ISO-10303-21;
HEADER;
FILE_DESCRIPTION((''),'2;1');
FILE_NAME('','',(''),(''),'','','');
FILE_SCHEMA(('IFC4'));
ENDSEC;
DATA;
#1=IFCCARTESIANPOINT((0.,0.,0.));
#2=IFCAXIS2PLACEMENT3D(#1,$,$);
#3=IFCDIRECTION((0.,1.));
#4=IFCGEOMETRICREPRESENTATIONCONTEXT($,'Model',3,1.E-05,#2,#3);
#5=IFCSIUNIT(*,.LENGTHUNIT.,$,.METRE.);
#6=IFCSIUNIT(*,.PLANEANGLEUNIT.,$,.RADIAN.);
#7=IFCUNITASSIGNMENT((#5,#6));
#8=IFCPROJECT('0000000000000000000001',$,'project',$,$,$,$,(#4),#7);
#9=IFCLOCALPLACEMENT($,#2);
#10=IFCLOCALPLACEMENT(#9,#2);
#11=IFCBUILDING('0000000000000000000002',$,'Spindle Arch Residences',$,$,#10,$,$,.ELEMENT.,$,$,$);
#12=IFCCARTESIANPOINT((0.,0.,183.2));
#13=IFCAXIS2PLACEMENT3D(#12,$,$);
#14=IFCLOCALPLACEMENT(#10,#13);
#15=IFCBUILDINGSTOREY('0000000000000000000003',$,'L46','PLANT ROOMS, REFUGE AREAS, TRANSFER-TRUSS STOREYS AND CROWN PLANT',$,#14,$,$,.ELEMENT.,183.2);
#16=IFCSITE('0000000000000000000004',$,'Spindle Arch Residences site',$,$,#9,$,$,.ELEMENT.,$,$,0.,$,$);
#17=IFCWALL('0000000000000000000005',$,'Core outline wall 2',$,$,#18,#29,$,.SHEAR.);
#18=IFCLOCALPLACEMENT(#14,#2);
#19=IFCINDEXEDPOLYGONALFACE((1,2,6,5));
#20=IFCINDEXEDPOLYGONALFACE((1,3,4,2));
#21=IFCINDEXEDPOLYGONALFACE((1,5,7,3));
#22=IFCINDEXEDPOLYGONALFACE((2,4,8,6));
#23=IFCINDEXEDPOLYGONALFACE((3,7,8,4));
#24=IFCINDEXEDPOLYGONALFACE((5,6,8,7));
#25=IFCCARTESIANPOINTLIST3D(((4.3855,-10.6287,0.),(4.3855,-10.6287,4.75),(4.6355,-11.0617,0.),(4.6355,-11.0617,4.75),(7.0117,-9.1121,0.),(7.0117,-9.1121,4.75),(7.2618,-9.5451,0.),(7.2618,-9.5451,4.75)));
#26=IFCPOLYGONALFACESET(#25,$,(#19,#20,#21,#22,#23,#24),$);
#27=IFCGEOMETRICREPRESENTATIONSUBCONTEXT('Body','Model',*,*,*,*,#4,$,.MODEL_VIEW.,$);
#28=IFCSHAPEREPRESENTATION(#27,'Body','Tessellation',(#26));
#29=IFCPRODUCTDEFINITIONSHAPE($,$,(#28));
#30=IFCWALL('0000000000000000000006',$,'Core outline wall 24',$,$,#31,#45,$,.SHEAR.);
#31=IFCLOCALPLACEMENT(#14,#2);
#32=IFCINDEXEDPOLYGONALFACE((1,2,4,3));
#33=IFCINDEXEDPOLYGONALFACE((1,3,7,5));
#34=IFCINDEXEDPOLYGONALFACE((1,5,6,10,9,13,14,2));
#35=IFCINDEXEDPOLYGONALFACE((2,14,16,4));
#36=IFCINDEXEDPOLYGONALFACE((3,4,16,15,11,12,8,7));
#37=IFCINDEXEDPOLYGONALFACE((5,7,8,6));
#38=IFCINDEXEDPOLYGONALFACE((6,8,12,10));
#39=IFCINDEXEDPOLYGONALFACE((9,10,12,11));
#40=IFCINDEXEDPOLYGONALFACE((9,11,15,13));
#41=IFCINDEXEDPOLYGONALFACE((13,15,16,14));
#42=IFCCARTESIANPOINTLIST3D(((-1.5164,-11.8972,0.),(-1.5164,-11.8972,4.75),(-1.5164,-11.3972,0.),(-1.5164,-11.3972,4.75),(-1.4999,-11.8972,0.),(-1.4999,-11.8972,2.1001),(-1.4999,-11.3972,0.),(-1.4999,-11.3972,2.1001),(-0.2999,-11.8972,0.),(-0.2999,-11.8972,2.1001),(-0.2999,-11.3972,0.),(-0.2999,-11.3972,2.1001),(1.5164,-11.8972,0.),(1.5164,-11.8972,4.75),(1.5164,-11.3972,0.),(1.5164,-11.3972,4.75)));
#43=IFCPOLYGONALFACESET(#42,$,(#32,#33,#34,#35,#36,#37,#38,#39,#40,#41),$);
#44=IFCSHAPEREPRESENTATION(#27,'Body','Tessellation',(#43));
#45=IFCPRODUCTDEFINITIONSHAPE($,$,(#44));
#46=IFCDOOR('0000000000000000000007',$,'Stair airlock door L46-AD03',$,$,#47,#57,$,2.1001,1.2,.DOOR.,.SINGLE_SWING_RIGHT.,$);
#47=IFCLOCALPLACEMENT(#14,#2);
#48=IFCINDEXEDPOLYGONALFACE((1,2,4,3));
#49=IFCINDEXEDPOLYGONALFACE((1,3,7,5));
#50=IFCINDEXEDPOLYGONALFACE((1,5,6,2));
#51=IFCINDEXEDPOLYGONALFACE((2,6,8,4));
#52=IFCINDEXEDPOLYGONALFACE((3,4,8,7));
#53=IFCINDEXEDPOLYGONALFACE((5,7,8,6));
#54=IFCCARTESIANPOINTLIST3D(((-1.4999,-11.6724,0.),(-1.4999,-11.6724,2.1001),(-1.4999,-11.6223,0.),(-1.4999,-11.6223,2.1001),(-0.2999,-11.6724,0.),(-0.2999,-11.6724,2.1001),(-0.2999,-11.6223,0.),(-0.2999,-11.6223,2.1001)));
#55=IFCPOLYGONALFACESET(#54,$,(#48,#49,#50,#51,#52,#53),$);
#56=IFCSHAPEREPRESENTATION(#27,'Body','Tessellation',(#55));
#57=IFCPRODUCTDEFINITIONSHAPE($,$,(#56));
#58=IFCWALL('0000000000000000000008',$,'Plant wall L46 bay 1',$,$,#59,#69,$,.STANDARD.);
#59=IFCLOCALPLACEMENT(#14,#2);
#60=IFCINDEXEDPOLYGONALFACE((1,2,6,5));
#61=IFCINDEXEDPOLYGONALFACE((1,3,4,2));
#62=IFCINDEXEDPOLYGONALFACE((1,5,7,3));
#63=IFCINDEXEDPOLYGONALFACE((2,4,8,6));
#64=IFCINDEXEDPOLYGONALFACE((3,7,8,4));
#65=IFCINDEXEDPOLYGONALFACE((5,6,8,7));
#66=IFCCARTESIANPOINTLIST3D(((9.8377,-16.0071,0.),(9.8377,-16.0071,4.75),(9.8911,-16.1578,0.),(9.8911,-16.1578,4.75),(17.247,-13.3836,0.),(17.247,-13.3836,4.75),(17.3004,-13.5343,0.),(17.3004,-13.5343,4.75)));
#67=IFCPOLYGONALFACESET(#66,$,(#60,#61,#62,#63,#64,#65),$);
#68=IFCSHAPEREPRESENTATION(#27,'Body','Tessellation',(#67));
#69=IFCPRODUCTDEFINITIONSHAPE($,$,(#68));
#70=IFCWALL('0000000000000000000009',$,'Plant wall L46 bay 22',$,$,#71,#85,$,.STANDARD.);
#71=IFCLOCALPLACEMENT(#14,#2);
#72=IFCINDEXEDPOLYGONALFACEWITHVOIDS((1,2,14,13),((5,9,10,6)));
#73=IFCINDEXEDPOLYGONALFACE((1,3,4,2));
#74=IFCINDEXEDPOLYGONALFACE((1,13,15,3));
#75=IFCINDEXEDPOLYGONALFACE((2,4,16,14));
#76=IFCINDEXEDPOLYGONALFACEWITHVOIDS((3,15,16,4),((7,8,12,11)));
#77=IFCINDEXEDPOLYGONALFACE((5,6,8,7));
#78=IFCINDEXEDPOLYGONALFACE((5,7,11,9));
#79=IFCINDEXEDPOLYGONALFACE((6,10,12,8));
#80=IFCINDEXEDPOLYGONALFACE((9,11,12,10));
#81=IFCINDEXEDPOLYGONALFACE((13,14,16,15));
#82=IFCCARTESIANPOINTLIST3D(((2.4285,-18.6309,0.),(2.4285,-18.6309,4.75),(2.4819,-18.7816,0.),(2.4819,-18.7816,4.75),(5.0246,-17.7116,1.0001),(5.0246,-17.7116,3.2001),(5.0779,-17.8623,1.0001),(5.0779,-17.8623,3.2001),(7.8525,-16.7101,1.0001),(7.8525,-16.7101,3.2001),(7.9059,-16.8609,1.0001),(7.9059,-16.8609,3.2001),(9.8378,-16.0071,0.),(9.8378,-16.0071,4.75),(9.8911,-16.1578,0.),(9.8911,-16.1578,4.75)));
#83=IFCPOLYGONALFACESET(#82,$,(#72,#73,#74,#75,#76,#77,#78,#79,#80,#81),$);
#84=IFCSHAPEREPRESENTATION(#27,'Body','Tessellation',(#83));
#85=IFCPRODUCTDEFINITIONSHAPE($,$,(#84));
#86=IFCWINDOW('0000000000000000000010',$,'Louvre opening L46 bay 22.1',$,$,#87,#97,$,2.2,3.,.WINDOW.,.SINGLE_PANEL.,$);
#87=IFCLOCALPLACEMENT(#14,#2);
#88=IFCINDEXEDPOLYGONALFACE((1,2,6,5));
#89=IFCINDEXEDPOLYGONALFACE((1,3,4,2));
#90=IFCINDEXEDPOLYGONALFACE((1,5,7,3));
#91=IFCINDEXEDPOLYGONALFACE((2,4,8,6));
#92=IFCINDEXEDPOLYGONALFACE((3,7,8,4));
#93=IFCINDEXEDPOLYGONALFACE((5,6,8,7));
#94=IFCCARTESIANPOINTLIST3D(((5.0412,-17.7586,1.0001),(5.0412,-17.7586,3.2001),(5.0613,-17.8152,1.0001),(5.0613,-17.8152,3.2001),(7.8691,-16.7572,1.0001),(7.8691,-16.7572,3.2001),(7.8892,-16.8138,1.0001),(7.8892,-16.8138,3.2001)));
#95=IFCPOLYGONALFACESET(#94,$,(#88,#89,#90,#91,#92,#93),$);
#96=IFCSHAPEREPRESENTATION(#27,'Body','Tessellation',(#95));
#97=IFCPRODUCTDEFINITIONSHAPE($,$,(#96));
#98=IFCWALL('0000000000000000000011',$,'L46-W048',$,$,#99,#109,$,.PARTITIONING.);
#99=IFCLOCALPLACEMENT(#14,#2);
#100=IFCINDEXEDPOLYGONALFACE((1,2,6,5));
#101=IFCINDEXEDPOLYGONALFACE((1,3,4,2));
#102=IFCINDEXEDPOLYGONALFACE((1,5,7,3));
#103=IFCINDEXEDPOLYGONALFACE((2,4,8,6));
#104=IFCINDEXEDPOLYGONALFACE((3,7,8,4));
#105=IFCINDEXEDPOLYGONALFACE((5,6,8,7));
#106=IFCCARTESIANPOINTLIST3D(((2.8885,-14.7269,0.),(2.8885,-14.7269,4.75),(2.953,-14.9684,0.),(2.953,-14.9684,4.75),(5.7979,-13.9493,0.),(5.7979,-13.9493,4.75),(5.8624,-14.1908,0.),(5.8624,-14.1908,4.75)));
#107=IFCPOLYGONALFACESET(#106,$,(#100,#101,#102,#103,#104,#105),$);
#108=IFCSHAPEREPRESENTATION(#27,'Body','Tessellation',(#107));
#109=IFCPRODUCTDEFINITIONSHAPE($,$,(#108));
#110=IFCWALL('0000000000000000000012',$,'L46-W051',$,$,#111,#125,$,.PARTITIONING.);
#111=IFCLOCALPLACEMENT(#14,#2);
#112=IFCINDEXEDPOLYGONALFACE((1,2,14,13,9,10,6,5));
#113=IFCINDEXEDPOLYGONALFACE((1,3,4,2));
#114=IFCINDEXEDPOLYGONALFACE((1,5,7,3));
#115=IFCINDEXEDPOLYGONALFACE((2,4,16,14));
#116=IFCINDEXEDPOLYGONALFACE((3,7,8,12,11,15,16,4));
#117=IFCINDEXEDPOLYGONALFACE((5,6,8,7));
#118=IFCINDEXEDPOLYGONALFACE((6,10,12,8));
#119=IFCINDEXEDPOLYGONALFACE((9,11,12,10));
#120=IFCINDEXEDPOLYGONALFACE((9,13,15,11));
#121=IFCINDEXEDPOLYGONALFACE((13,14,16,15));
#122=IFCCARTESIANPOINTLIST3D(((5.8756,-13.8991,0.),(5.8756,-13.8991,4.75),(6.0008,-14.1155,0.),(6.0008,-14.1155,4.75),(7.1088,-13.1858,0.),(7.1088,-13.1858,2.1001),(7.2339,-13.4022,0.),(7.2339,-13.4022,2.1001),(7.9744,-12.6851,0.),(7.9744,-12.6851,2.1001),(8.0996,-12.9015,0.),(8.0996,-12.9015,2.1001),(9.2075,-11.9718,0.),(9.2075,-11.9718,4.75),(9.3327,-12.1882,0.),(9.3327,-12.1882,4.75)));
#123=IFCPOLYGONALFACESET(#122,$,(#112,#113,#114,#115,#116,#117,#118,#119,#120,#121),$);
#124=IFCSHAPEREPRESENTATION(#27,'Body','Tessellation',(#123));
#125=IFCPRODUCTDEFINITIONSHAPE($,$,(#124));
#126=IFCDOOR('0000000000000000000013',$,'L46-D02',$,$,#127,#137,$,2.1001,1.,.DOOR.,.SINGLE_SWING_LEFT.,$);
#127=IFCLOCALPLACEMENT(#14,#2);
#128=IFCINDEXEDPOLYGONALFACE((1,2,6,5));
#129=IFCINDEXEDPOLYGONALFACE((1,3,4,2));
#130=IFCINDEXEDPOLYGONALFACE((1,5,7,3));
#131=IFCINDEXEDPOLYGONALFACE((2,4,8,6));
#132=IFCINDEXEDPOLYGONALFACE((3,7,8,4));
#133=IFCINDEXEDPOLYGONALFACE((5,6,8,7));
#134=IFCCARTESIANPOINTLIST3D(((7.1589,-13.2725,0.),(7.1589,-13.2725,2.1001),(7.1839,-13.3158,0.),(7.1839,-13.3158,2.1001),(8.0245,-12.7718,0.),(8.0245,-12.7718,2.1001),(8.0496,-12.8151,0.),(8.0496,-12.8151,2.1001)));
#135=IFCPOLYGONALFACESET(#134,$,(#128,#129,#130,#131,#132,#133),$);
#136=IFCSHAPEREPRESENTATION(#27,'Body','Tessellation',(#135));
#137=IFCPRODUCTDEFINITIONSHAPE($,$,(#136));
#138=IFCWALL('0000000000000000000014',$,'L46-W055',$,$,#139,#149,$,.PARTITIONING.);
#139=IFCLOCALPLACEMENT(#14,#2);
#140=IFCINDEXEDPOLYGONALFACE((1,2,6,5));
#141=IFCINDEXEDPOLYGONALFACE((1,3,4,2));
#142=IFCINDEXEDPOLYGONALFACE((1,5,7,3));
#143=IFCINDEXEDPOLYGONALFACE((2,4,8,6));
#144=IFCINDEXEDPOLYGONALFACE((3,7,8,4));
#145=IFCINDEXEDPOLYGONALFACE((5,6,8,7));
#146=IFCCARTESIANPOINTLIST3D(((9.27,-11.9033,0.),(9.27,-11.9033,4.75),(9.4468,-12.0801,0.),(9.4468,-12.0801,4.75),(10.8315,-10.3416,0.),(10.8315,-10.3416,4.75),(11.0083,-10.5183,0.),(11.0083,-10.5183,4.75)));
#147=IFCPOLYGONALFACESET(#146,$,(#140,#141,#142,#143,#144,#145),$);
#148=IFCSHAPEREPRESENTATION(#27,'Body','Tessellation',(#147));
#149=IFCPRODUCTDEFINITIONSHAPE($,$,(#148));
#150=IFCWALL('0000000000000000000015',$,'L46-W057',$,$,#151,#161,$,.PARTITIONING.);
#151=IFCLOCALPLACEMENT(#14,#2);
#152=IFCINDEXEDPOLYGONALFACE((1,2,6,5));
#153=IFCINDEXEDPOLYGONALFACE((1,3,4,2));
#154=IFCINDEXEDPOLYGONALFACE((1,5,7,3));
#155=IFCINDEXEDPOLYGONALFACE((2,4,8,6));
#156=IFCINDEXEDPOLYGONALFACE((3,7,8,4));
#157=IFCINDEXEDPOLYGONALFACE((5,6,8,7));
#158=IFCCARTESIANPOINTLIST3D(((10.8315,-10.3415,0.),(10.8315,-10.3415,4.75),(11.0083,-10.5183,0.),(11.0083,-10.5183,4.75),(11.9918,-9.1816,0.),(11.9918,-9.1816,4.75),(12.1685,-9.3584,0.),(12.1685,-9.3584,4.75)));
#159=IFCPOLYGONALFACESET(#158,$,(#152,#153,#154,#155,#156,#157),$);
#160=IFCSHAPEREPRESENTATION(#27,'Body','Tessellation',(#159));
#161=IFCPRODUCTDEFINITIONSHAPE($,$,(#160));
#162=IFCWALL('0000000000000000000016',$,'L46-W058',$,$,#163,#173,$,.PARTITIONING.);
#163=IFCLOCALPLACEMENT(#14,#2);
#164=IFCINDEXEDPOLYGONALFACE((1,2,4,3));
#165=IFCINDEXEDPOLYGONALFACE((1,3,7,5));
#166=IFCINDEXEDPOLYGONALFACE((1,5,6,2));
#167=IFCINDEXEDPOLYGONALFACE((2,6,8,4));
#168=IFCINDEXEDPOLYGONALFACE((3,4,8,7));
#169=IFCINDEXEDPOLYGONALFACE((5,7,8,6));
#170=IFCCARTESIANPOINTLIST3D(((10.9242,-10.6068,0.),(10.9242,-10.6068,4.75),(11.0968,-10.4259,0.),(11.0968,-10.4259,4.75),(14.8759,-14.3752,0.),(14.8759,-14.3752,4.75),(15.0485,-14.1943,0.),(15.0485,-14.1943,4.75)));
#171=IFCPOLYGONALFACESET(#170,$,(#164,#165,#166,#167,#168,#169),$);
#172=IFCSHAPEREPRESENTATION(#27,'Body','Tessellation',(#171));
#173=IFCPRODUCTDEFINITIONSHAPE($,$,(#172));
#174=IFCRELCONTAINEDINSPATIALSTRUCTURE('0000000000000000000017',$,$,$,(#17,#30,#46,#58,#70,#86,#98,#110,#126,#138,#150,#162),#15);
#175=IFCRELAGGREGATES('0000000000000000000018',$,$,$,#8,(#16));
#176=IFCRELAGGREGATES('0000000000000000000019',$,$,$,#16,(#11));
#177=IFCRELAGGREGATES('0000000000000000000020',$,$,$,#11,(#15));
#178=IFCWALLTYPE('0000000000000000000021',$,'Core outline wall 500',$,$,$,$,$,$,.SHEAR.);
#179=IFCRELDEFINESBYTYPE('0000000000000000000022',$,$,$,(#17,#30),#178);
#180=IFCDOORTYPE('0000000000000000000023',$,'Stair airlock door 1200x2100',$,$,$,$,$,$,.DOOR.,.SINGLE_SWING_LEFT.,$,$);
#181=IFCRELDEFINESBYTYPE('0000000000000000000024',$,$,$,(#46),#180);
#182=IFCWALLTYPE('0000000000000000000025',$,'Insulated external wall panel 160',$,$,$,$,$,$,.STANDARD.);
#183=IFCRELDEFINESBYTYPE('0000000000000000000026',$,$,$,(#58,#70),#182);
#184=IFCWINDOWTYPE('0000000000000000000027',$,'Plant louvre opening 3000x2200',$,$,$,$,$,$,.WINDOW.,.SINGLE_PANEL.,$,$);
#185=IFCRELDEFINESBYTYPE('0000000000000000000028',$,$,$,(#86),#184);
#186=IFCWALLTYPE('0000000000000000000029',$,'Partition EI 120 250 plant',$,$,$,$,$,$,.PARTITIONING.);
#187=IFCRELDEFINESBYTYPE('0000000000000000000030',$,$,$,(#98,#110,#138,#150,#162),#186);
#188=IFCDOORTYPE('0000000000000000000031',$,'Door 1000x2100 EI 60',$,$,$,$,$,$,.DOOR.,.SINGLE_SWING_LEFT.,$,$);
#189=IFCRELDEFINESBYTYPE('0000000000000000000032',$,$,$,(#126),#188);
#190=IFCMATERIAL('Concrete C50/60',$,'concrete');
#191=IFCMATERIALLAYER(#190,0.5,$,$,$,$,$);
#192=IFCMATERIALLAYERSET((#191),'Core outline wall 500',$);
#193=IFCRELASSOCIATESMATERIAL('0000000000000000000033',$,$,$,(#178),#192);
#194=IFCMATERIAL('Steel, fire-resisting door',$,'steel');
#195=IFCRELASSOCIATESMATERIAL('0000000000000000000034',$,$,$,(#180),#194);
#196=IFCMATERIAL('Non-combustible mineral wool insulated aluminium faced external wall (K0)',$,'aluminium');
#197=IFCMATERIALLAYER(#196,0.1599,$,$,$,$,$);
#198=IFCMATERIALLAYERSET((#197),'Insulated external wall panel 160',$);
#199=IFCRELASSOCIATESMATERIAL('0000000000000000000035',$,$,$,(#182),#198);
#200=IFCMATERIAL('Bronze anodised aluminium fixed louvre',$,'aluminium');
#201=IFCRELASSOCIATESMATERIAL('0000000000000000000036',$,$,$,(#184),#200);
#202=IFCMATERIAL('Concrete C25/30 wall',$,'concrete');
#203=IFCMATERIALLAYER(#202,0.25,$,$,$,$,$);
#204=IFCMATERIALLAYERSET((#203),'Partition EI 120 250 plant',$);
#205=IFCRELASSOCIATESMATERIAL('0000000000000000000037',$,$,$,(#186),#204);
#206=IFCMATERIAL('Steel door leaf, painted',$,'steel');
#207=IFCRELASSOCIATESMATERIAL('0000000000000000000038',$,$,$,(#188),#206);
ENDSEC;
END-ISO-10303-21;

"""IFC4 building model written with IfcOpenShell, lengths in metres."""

from ifc_helpers import new_model, si_unit, direction, frame, frame_2d, origin, place, context, subcontext, project, spatial, rectangle, extrude, material, layer, layer_set, type_object, element, fill, save


model = new_model("IFC4")

# Units and contexts
model_context = context("Model", 3, precision=1e-05, world=origin(), true_north=direction((0.0, 1.0)))
body_context = subcontext(model_context, "Body", "Model", "MODEL_VIEW")
ifc_project = project(units=[si_unit("LENGTHUNIT", "METRE"), si_unit("PLANEANGLEUNIT", "RADIAN")], contexts=[model_context])

# Site, building, storey
site_placement = place(None, origin())
site = spatial("IfcSite", under=ifc_project, at=site_placement, Name="Spindle Arch Residences site", CompositionType="ELEMENT", RefElevation=0.0)
building_placement = place(site_placement, origin())
building = spatial("IfcBuilding", under=site, at=building_placement, Name="Spindle Arch Residences", CompositionType="ELEMENT")
storey_placement = place(building_placement, frame((0.0, 0.0, 183.2)))
storey = spatial("IfcBuildingStorey", under=building, at=storey_placement, Name="L46", Description="PLANT ROOMS, REFUGE AREAS, TRANSFER-TRUSS STOREYS AND CROWN PLANT", CompositionType="ELEMENT", Elevation=183.2)

# Shared definitions
ifc_material_1 = material(Name="Concrete C50/60", Category="concrete")
ifc_layer_1 = layer(ifc_material_1, 0.5)
ifc_layer_set_1 = layer_set([ifc_layer_1], Name="Core outline wall 500")
wall_type_1 = type_object("IfcWallType", Name="Core outline wall 500", PredefinedType="SHEAR", material=ifc_layer_set_1)

# Wall
wall_1_placement = place(storey_placement, frame((4.5105, -10.8452, 0.0), z_axis=(0.0, 0.0, 1.0), x_axis=(0.865975, 0.500087, 0.0)))
element("IfcWall", 1, at=wall_1_placement, inside=storey, type_object=wall_type_1, Name="Core outline wall 2", PredefinedType="SHEAR", context=body_context, shape_type="SweptSolid", body=[
    extrude(rectangle(XDim=3.0327, YDim=0.5, at=frame_2d((1.5164, 0.0))), origin(), (0.0, 0.0, 1.0), 4.75),
])

# Wall, opening, door
wall_2_placement = place(storey_placement, frame((-1.5164, -11.6472, 0.0), z_axis=(0.0, 0.0, 1.0), x_axis=(1.0, 0.0, 0.0)))
wall_2 = element("IfcWall", 2, at=wall_2_placement, inside=storey, type_object=wall_type_1, Name="Core outline wall 24", PredefinedType="SHEAR", context=body_context, shape_type="SweptSolid", body=[
    extrude(rectangle(XDim=3.0327, YDim=0.5, at=frame_2d((1.5164, 0.0))), origin(), (0.0, 0.0, 1.0), 4.75),
])
opening_1_placement = place(wall_2_placement, frame((0.0164, 0.0, 0.0)))
opening_1 = element("IfcOpeningElement", 3, at=opening_1_placement, cuts=wall_2, PredefinedType="OPENING", context=body_context, shape_type="SweptSolid", body=[
    extrude(rectangle(XDim=1.2, YDim=2.1001, at=frame_2d((0.6001, 1.05))), frame((0.0, 0.26, 0.0), z_axis=(0.0, -1.0, 0.0), x_axis=(1.0, 0.0, 0.0)), (0.0, 0.0, 1.0), 0.52),
])
ifc_material_2 = material(Name="Steel, fire-resisting door", Category="steel")
door_type_1 = type_object("IfcDoorType", Name="Stair airlock door 1200x2100", OperationType="SINGLE_SWING_LEFT", PredefinedType="DOOR", material=ifc_material_2)
door_1_placement = place(opening_1_placement, origin())
door_1 = element("IfcDoor", 4, at=door_1_placement, inside=storey, type_object=door_type_1, Name="Stair airlock door L46-AD03", OperationType="SINGLE_SWING_RIGHT", OverallHeight=2.1001, OverallWidth=1.2, PredefinedType="DOOR", context=body_context, shape_type="SweptSolid", body=[
    extrude(rectangle(XDim=1.2, YDim=2.1001, at=frame_2d((0.6001, 1.05))), frame((0.0, 0.0249, 0.0), z_axis=(0.0, -1.0, 0.0), x_axis=(1.0, 0.0, 0.0)), (0.0, 0.0, 1.0), 0.05),
])
fill(opening_1, door_1)

# Wall
ifc_material_3 = material(Name="Non-combustible mineral wool insulated aluminium faced external wall (K0)", Category="aluminium")
ifc_layer_2 = layer(ifc_material_3, 0.1599)
ifc_layer_set_2 = layer_set([ifc_layer_2], Name="Insulated external wall panel 160")
wall_type_2 = type_object("IfcWallType", Name="Insulated external wall panel 160", PredefinedType="STANDARD", material=ifc_layer_set_2)
wall_3_placement = place(storey_placement, frame((9.8643, -16.0825, 0.0), z_axis=(0.0, 0.0, 1.0), x_axis=(0.942653, 0.333775, 0.0)))
element("IfcWall", 5, at=wall_3_placement, inside=storey, type_object=wall_type_2, Name="Plant wall L46 bay 1", PredefinedType="STANDARD", context=body_context, shape_type="SweptSolid", body=[
    extrude(rectangle(XDim=7.8601, YDim=0.1599, at=frame_2d((3.9302, 0.0))), origin(), (0.0, 0.0, 1.0), 4.75),
])

# Wall, opening, window
wall_4_placement = place(storey_placement, frame((2.4551, -18.7063, 0.0), z_axis=(0.0, 0.0, 1.0), x_axis=(0.942639, 0.333813, 0.0)))
wall_4 = element("IfcWall", 6, at=wall_4_placement, inside=storey, type_object=wall_type_2, Name="Plant wall L46 bay 22", PredefinedType="STANDARD", context=body_context, shape_type="SweptSolid", body=[
    extrude(rectangle(XDim=7.8601, YDim=0.1599, at=frame_2d((3.9302, 0.0))), origin(), (0.0, 0.0, 1.0), 4.75),
])
opening_2_placement = place(wall_4_placement, frame((2.7542, 0.0, 1.0)))
opening_2 = element("IfcOpeningElement", 7, at=opening_2_placement, cuts=wall_4, PredefinedType="OPENING", context=body_context, shape_type="SweptSolid", body=[
    extrude(rectangle(XDim=3.0, YDim=2.2, at=frame_2d((1.5, 1.1001))), frame((0.0, 0.0898, 0.0), z_axis=(0.0, -1.0, 0.0), x_axis=(1.0, 0.0, 0.0)), (0.0, 0.0, 1.0), 0.1799),
])
ifc_material_4 = material(Name="Bronze anodised aluminium fixed louvre", Category="aluminium")
window_type = type_object("IfcWindowType", Name="Plant louvre opening 3000x2200", PartitioningType="SINGLE_PANEL", PredefinedType="WINDOW", material=ifc_material_4)
window_placement = place(opening_2_placement, origin())
window = element("IfcWindow", 8, at=window_placement, inside=storey, type_object=window_type, Name="Louvre opening L46 bay 22.1", OverallHeight=2.2, OverallWidth=3.0, PartitioningType="SINGLE_PANEL", PredefinedType="WINDOW", context=body_context, shape_type="SweptSolid", body=[
    extrude(rectangle(XDim=3.0, YDim=2.2, at=frame_2d((1.5, 1.1001))), frame((0.0, 0.03, 0.0), z_axis=(0.0, -1.0, 0.0), x_axis=(1.0, 0.0, 0.0)), (0.0, 0.0, 1.0), 0.0601),
])
fill(opening_2, window)

# Wall
ifc_material_5 = material(Name="Concrete C25/30 wall", Category="concrete")
ifc_layer_3 = layer(ifc_material_5, 0.25)
ifc_layer_set_3 = layer_set([ifc_layer_3], Name="Partition EI 120 250 plant")
wall_type_3 = type_object("IfcWallType", Name="Partition EI 120 250 plant", PredefinedType="PARTITIONING", material=ifc_layer_set_3)
wall_5_placement = place(storey_placement, frame((2.9207, -14.8477, 0.0), z_axis=(0.0, 0.0, 1.0), x_axis=(0.966091, 0.258203, 0.0)))
element("IfcWall", 9, at=wall_5_placement, inside=storey, type_object=wall_type_3, Name="L46-W048", PredefinedType="PARTITIONING", context=body_context, shape_type="SweptSolid", body=[
    extrude(rectangle(XDim=3.0115, YDim=0.25, at=frame_2d((1.5059, 0.0))), origin(), (0.0, 0.0, 1.0), 4.75),
])

# Wall, opening, door
wall_6_placement = place(storey_placement, frame((5.9382, -14.0073, 0.0), z_axis=(0.0, 0.0, 1.0), x_axis=(0.865616, 0.500709, 0.0)))
wall_6 = element("IfcWall", 10, at=wall_6_placement, inside=storey, type_object=wall_type_3, Name="L46-W051", PredefinedType="PARTITIONING", context=body_context, shape_type="SweptSolid", body=[
    extrude(rectangle(XDim=3.8491, YDim=0.25, at=frame_2d((1.9246, 0.0))), origin(), (0.0, 0.0, 1.0), 4.75),
])
opening_3_placement = place(wall_6_placement, frame((1.4246, 0.0, 0.0)))
opening_3 = element("IfcOpeningElement", 11, at=opening_3_placement, cuts=wall_6, PredefinedType="OPENING", context=body_context, shape_type="SweptSolid", body=[
    extrude(rectangle(XDim=1.0, YDim=2.1001, at=frame_2d((0.5, 1.05))), frame((0.0, 0.135, 0.0), z_axis=(0.0, -1.0, 0.0), x_axis=(1.0, 0.0, 0.0)), (0.0, 0.0, 1.0), 0.27),
])
ifc_material_6 = material(Name="Steel door leaf, painted", Category="steel")
door_type_2 = type_object("IfcDoorType", Name="Door 1000x2100 EI 60", OperationType="SINGLE_SWING_LEFT", PredefinedType="DOOR", material=ifc_material_6)
door_2_placement = place(opening_3_placement, origin())
door_2 = element("IfcDoor", 12, at=door_2_placement, inside=storey, type_object=door_type_2, Name="L46-D02", OperationType="SINGLE_SWING_LEFT", OverallHeight=2.1001, OverallWidth=1.0, PredefinedType="DOOR", context=body_context, shape_type="SweptSolid", body=[
    extrude(rectangle(XDim=1.0, YDim=2.1001, at=frame_2d((0.5, 1.05))), frame((0.0, 0.0249, 0.0), z_axis=(0.0, -1.0, 0.0), x_axis=(1.0, 0.0, 0.0)), (0.0, 0.0, 1.0), 0.05),
])
fill(opening_3, door_2)

# Walls
wall_7_placement = place(storey_placement, frame((9.3584, -11.9917, 0.0), z_axis=(0.0, 0.0, 1.0), x_axis=(0.707052, 0.707162, 0.0)))
element("IfcWall", 13, at=wall_7_placement, inside=storey, type_object=wall_type_3, Name="L46-W055", PredefinedType="PARTITIONING", context=body_context, shape_type="SweptSolid", body=[
    extrude(rectangle(XDim=2.2085, YDim=0.25, at=frame_2d((1.1042, 0.0))), origin(), (0.0, 0.0, 1.0), 4.75),
])
wall_8_placement = place(storey_placement, frame((10.9199, -10.4299, 0.0), z_axis=(0.0, 0.0, 1.0), x_axis=(0.707181, 0.707032, 0.0)))
element("IfcWall", 14, at=wall_8_placement, inside=storey, type_object=wall_type_3, Name="L46-W057", PredefinedType="PARTITIONING", context=body_context, shape_type="SweptSolid", body=[
    extrude(rectangle(XDim=1.6406, YDim=0.25, at=frame_2d((0.8203, 0.0))), origin(), (0.0, 0.0, 1.0), 4.75),
])
wall_9_placement = place(storey_placement, frame((11.0105, -10.5164, 0.0), z_axis=(0.0, 0.0, 1.0), x_axis=(0.723697, -0.690118, 0.0)))
element("IfcWall", 15, at=wall_9_placement, inside=storey, type_object=wall_type_3, Name="L46-W058", PredefinedType="PARTITIONING", context=body_context, shape_type="SweptSolid", body=[
    extrude(rectangle(XDim=5.4604, YDim=0.25, at=frame_2d((2.7302, 0.0))), origin(), (0.0, 0.0, 1.0), 4.75),
])

save(model, "model.ifc")
